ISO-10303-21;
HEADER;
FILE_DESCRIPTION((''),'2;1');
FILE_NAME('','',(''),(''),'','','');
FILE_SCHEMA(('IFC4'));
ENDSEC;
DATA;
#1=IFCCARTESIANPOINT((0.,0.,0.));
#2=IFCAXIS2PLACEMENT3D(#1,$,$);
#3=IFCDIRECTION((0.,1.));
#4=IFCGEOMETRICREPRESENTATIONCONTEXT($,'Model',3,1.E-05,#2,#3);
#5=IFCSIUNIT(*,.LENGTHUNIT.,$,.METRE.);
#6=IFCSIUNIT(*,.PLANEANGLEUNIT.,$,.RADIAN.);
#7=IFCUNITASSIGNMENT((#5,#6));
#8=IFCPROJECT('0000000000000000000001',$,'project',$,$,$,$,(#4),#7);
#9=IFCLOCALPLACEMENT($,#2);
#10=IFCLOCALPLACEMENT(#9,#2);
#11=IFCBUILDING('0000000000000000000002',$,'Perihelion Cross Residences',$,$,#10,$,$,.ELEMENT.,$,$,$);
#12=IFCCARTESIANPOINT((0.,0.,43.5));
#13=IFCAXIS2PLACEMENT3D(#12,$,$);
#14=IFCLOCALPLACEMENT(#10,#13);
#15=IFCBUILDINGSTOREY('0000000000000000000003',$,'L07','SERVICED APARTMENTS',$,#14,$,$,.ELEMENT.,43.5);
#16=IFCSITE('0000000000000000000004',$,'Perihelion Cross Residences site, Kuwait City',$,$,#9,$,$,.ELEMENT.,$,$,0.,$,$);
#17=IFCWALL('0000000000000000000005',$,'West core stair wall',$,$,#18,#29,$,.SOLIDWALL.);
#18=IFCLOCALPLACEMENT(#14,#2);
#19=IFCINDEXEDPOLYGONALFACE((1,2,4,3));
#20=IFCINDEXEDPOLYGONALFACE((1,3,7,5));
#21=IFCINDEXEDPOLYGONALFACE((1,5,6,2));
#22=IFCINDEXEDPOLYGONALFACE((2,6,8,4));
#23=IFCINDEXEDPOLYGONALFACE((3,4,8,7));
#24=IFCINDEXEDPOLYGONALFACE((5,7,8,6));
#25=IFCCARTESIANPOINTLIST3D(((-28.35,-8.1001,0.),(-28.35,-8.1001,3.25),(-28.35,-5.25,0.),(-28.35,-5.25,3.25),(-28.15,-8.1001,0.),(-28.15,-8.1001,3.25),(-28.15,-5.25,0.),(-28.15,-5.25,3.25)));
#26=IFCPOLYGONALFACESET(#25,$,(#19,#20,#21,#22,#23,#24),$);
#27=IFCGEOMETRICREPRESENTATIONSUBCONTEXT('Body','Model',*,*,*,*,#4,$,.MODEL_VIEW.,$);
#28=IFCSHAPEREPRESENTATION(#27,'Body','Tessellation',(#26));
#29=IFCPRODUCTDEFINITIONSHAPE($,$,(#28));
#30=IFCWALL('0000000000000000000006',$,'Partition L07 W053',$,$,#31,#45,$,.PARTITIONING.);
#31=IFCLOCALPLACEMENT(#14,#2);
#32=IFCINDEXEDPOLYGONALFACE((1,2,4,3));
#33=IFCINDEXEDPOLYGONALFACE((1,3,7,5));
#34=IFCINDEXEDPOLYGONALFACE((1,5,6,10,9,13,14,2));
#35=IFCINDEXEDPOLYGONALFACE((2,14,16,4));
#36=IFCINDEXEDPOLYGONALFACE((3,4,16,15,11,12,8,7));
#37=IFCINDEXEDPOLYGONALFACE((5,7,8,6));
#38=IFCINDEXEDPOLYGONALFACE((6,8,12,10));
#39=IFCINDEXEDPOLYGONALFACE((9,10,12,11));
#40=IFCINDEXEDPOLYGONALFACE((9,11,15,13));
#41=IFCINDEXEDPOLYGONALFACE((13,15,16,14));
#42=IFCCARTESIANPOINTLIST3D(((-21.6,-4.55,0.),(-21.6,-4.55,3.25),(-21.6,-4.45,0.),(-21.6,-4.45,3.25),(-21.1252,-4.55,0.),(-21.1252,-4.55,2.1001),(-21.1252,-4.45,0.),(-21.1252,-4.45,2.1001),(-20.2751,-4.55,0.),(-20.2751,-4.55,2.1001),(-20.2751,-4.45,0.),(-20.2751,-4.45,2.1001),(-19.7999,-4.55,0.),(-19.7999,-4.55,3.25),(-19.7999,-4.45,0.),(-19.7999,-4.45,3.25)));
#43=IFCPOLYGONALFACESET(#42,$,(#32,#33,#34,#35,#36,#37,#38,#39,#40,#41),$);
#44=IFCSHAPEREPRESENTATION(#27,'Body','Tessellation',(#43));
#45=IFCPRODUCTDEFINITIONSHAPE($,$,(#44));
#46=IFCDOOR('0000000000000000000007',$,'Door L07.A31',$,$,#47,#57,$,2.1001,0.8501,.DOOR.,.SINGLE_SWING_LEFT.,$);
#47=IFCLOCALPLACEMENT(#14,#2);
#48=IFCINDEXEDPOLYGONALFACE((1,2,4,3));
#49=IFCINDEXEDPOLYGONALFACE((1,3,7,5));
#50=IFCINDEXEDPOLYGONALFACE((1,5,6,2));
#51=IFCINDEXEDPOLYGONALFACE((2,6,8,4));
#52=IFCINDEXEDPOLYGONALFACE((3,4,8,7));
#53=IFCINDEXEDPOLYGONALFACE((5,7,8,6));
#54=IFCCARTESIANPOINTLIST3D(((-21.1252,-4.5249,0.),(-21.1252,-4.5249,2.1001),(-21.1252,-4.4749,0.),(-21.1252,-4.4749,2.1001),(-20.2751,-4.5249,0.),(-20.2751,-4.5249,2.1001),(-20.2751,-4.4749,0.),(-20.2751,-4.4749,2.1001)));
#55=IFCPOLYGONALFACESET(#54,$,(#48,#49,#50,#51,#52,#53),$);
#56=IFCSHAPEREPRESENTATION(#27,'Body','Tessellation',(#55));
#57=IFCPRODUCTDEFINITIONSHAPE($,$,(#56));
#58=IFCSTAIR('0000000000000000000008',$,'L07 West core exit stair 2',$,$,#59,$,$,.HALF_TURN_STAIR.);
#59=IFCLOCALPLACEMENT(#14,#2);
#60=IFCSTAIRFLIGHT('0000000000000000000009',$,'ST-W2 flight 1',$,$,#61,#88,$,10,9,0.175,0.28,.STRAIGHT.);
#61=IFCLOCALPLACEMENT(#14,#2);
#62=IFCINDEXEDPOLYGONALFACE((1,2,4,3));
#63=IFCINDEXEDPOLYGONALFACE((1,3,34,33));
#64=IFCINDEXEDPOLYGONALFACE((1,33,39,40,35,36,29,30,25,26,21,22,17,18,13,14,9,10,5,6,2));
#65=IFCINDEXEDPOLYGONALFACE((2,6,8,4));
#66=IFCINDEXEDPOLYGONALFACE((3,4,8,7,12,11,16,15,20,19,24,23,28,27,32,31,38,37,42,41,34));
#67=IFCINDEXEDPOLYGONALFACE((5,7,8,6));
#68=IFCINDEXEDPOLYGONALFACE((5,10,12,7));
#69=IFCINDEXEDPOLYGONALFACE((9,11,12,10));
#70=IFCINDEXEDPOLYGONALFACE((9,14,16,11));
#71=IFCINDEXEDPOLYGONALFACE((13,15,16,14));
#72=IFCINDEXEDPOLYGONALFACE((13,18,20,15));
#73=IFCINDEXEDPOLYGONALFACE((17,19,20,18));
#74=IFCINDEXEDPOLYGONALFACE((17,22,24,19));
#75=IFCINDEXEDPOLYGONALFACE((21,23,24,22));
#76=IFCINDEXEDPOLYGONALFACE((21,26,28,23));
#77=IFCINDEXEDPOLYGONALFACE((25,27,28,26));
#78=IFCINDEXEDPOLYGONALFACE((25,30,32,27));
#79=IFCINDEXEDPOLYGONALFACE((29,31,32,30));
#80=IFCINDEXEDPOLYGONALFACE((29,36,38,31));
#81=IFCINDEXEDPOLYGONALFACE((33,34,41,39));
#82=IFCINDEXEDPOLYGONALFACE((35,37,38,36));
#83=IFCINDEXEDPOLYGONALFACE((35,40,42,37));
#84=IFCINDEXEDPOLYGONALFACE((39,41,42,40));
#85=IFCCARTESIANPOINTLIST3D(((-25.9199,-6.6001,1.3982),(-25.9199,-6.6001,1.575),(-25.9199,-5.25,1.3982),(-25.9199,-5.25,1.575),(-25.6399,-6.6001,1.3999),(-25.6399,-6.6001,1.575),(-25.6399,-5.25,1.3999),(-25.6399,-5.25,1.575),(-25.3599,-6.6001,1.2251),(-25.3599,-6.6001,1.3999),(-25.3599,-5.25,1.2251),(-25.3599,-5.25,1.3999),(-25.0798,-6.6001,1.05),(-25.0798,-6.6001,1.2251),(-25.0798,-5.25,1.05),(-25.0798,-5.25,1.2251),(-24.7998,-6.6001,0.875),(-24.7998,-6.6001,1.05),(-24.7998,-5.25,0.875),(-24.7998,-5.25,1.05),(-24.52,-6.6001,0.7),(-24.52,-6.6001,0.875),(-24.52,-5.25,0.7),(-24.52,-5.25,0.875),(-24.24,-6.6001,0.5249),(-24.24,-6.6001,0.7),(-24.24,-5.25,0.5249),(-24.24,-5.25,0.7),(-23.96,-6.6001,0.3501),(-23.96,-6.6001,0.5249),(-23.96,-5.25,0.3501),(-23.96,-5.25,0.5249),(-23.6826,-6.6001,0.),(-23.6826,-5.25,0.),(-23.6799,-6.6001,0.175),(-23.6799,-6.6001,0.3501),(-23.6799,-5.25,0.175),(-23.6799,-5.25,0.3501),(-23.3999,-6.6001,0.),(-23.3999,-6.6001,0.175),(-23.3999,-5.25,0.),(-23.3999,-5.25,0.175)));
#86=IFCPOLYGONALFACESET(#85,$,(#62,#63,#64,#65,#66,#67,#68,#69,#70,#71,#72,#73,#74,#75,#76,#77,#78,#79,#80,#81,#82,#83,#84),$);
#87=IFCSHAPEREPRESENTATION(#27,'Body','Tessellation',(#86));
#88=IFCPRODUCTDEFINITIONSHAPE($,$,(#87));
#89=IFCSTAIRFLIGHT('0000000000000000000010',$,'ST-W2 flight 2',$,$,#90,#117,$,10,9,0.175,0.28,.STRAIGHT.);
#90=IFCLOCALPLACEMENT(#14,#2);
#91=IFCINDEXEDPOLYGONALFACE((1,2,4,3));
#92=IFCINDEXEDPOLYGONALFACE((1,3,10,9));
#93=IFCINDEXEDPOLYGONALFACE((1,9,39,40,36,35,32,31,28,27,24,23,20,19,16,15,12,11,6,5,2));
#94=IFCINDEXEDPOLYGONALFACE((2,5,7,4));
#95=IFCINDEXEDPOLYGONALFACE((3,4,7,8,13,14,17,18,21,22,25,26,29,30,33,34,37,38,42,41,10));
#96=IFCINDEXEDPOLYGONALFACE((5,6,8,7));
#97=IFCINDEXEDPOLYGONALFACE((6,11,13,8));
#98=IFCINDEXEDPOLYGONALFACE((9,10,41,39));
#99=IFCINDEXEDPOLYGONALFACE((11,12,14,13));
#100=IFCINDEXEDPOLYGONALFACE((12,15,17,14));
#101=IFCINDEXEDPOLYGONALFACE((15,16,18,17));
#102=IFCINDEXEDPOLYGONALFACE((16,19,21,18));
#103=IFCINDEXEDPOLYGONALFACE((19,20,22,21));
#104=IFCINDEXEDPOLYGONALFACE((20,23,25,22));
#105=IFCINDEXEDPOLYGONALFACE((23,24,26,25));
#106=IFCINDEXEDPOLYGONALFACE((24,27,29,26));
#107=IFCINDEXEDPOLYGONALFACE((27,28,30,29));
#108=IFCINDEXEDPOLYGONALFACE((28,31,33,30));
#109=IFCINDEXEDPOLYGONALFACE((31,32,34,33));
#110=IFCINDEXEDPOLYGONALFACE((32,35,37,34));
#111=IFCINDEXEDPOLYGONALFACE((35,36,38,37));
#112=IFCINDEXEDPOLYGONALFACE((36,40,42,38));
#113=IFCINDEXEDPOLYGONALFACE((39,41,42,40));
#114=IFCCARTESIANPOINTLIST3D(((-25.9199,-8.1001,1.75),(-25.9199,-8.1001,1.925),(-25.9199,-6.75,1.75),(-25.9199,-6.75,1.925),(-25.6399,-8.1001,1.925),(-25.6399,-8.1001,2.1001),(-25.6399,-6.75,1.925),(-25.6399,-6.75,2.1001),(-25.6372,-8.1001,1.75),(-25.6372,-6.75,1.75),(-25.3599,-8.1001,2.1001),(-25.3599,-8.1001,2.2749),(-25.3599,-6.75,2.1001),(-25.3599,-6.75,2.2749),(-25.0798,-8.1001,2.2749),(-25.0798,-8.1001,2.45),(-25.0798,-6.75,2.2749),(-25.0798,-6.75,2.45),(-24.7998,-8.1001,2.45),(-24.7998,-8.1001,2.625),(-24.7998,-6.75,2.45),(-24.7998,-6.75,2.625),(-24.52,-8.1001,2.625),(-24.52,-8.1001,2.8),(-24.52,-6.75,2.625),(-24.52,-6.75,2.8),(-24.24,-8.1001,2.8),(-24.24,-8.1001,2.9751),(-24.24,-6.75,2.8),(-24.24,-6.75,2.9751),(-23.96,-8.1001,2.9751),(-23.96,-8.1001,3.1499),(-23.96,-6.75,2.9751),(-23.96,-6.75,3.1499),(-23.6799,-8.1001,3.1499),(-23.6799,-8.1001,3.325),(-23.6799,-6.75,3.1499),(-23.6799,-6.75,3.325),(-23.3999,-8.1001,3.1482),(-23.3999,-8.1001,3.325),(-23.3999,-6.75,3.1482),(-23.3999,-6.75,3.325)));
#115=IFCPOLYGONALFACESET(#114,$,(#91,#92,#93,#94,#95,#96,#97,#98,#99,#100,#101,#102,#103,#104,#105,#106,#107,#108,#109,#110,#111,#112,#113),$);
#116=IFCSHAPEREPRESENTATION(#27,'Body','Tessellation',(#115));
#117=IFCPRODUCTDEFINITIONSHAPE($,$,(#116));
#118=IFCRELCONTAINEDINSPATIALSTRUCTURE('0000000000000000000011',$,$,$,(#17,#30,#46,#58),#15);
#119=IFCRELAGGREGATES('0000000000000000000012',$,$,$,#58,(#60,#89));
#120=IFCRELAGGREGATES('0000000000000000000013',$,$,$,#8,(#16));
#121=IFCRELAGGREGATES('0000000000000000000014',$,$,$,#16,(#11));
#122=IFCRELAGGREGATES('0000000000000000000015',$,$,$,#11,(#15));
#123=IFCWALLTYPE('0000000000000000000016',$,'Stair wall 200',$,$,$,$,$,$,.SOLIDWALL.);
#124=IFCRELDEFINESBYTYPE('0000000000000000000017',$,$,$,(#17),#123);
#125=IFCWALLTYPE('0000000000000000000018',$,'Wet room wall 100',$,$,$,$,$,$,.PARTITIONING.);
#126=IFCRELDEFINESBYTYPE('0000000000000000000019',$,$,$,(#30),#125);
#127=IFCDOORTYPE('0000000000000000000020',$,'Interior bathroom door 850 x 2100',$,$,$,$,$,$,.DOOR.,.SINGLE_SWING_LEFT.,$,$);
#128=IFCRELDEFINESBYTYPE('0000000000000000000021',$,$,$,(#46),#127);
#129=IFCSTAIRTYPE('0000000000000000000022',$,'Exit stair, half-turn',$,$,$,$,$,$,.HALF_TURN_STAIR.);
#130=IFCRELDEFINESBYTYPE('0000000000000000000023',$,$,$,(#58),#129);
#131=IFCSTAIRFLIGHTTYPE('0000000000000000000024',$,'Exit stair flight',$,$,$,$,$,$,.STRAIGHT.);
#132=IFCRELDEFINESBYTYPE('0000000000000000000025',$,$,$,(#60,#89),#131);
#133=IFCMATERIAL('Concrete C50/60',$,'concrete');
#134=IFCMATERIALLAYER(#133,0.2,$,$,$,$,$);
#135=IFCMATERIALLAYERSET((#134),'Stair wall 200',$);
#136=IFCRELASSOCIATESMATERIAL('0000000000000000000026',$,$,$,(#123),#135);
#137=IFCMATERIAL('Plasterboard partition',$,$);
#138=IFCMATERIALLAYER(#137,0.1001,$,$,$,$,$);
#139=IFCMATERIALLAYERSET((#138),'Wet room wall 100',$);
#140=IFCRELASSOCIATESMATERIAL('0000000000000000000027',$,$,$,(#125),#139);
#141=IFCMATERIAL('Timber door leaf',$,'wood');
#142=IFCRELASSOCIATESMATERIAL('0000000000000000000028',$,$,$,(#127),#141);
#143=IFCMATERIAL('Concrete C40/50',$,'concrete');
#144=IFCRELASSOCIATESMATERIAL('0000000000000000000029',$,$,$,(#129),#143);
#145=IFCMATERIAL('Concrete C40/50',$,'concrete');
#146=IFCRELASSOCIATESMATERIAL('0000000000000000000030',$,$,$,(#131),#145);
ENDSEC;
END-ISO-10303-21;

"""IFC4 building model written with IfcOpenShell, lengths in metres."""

from ifc_helpers import new_model, si_unit, direction, frame, frame_2d, origin, place, context, subcontext, project, spatial, polyline, rectangle, outline, extrude, material, layer, layer_set, type_object, element, fill, aggregate, save


model = new_model("IFC4")

# Units and contexts
model_context = context("Model", 3, precision=1e-05, world=origin(), true_north=direction((0.0, 1.0)))
body_context = subcontext(model_context, "Body", "Model", "MODEL_VIEW")
ifc_project = project(units=[si_unit("LENGTHUNIT", "METRE"), si_unit("PLANEANGLEUNIT", "RADIAN")], contexts=[model_context])

# Site, building, storey
site_placement = place(None, origin())
site = spatial("IfcSite", under=ifc_project, at=site_placement, Name="Perihelion Cross Residences site, Kuwait City", CompositionType="ELEMENT", RefElevation=0.0)
building_placement = place(site_placement, origin())
building = spatial("IfcBuilding", under=site, at=building_placement, Name="Perihelion Cross Residences", CompositionType="ELEMENT")
storey_placement = place(building_placement, frame((0.0, 0.0, 43.5)))
storey = spatial("IfcBuildingStorey", under=building, at=storey_placement, Name="L07", Description="SERVICED APARTMENTS", CompositionType="ELEMENT", Elevation=43.5)

# Shared definitions
ifc_material_1 = material(Name="Concrete C50/60", Category="concrete")
ifc_layer_1 = layer(ifc_material_1, 0.2)
ifc_layer_set_1 = layer_set([ifc_layer_1], Name="Stair wall 200")
wall_type_1 = type_object("IfcWallType", Name="Stair wall 200", PredefinedType="SOLIDWALL", material=ifc_layer_set_1)

# Wall
wall_1_placement = place(storey_placement, frame((-28.25, -8.1001, 0.0), z_axis=(0.0, 0.0, 1.0), x_axis=(0.0, 1.0, 0.0)))
element("IfcWall", 1, at=wall_1_placement, inside=storey, type_object=wall_type_1, Name="West core stair wall", PredefinedType="SOLIDWALL", context=body_context, shape_type="SweptSolid", body=[
    extrude(rectangle(XDim=2.8501, YDim=0.2, at=frame_2d((1.425, 0.0))), origin(), (0.0, 0.0, 1.0), 3.25),
])

# Wall, opening, door
ifc_material_2 = material(Name="Plasterboard partition")
ifc_layer_2 = layer(ifc_material_2, 0.1001)
ifc_layer_set_2 = layer_set([ifc_layer_2], Name="Wet room wall 100")
wall_type_2 = type_object("IfcWallType", Name="Wet room wall 100", PredefinedType="PARTITIONING", material=ifc_layer_set_2)
wall_2_placement = place(storey_placement, frame((-19.8, -4.5, 0.0), z_axis=(0.0, 0.0, 1.0), x_axis=(-1.0, 0.0, 0.0)))
wall_2 = element("IfcWall", 2, at=wall_2_placement, inside=storey, type_object=wall_type_2, Name="Partition L07 W053", PredefinedType="PARTITIONING", context=body_context, shape_type="SweptSolid", body=[
    extrude(rectangle(XDim=1.8, YDim=0.1001, at=frame_2d((0.8999, 0.0))), origin(), (0.0, 0.0, 1.0), 3.25),
])
opening_1_placement = place(wall_2_placement, frame((0.4751, 0.0, 0.0)))
opening_1 = element("IfcOpeningElement", 3, at=opening_1_placement, cuts=wall_2, PredefinedType="OPENING", context=body_context, shape_type="SweptSolid", body=[
    extrude(rectangle(XDim=0.8501, YDim=2.1001, at=frame_2d((0.425, 1.05))), frame((0.0, 0.0601, 0.0), z_axis=(0.0, -1.0, 0.0), x_axis=(1.0, 0.0, 0.0)), (0.0, 0.0, 1.0), 0.1201),
])
ifc_material_3 = material(Name="Timber door leaf", Category="wood")
door_type_1 = type_object("IfcDoorType", Name="Interior bathroom door 850 x 2100", OperationType="SINGLE_SWING_LEFT", PredefinedType="DOOR", material=ifc_material_3)
door_1_placement = place(opening_1_placement, origin())
door_1 = element("IfcDoor", 4, at=door_1_placement, inside=storey, type_object=door_type_1, Name="Door L07.A31", OperationType="SINGLE_SWING_LEFT", OverallHeight=2.1001, OverallWidth=0.8501, PredefinedType="DOOR", context=body_context, shape_type="SweptSolid", body=[
    extrude(rectangle(XDim=0.8501, YDim=2.1001, at=frame_2d((0.425, 1.05))), frame((0.0, 0.0249, 0.0), z_axis=(0.0, -1.0, 0.0), x_axis=(1.0, 0.0, 0.0)), (0.0, 0.0, 1.0), 0.05),
])
fill(opening_1, door_1)

# Stair, stair flights
ifc_material_4 = material(Name="Concrete C40/50", Category="concrete")
stair_type = type_object("IfcStairType", Name="Exit stair, half-turn", PredefinedType="HALF_TURN_STAIR", material=ifc_material_4)
stair_placement = place(storey_placement, origin())
stair = element("IfcStair", 5, at=stair_placement, inside=storey, type_object=stair_type, Name="L07 West core exit stair 2", PredefinedType="HALF_TURN_STAIR")
ifc_material_5 = material(Name="Concrete C40/50", Category="concrete")
stair_flight_type = type_object("IfcStairFlightType", Name="Exit stair flight", PredefinedType="STRAIGHT", material=ifc_material_5)
stair_flight_1_placement = place(storey_placement, frame((-23.3999, -5.925, 0.0), z_axis=(0.0, 0.0, 1.0), x_axis=(-1.0, 0.0, 0.0)))
stair_flight_1 = element("IfcStairFlight", 6, at=stair_flight_1_placement, type_object=stair_flight_type, Name="ST-W2 flight 1", NumberOfRisers=10, NumberOfTreads=9, PredefinedType="STRAIGHT", RiserHeight=0.175, TreadLength=0.28, context=body_context, shape_type="SweptSolid", body=[
    extrude(outline(polyline([(0.0, 0.0), (0.0, 0.175), (0.28, 0.175), (0.28, 0.3501), (0.5601, 0.3501), (0.5601, 0.5249), (0.8401, 0.5249), (0.8401, 0.7), (1.1201, 0.7), (1.1201, 0.875), (1.3999, 0.875), (1.3999, 1.05), (1.6799, 1.05), (1.6799, 1.2251), (1.96, 1.2251), (1.96, 1.3999), (2.24, 1.3999), (2.24, 1.575), (2.52, 1.575), (2.52, 1.75), (2.52, 1.3982), (0.2827, 0.0), (0.0, 0.0)])), frame((0.0, 0.675, 0.0), z_axis=(0.0, -1.0, 0.0), x_axis=(1.0, 0.0, 0.0)), (0.0, 0.0, 1.0), 1.3501),
])
stair_flight_2_placement = place(storey_placement, frame((-25.9199, -7.425, 1.75), z_axis=(0.0, 0.0, 1.0), x_axis=(1.0, 0.0, 0.0)))
stair_flight_2 = element("IfcStairFlight", 7, at=stair_flight_2_placement, type_object=stair_flight_type, Name="ST-W2 flight 2", NumberOfRisers=10, NumberOfTreads=9, PredefinedType="STRAIGHT", RiserHeight=0.175, TreadLength=0.28, context=body_context, shape_type="SweptSolid", body=[
    extrude(outline(polyline([(0.0, 0.0), (0.0, 0.175), (0.28, 0.175), (0.28, 0.3501), (0.5601, 0.3501), (0.5601, 0.5249), (0.8401, 0.5249), (0.8401, 0.7), (1.1201, 0.7), (1.1201, 0.875), (1.3999, 0.875), (1.3999, 1.05), (1.6799, 1.05), (1.6799, 1.2251), (1.96, 1.2251), (1.96, 1.3999), (2.24, 1.3999), (2.24, 1.575), (2.52, 1.575), (2.52, 1.75), (2.52, 1.3982), (0.2827, 0.0), (0.0, 0.0)])), frame((0.0, 0.675, 0.0), z_axis=(0.0, -1.0, 0.0), x_axis=(1.0, 0.0, 0.0)), (0.0, 0.0, 1.0), 1.3501),
])
aggregate(stair, [stair_flight_1, stair_flight_2])

save(model, "model.ifc")
